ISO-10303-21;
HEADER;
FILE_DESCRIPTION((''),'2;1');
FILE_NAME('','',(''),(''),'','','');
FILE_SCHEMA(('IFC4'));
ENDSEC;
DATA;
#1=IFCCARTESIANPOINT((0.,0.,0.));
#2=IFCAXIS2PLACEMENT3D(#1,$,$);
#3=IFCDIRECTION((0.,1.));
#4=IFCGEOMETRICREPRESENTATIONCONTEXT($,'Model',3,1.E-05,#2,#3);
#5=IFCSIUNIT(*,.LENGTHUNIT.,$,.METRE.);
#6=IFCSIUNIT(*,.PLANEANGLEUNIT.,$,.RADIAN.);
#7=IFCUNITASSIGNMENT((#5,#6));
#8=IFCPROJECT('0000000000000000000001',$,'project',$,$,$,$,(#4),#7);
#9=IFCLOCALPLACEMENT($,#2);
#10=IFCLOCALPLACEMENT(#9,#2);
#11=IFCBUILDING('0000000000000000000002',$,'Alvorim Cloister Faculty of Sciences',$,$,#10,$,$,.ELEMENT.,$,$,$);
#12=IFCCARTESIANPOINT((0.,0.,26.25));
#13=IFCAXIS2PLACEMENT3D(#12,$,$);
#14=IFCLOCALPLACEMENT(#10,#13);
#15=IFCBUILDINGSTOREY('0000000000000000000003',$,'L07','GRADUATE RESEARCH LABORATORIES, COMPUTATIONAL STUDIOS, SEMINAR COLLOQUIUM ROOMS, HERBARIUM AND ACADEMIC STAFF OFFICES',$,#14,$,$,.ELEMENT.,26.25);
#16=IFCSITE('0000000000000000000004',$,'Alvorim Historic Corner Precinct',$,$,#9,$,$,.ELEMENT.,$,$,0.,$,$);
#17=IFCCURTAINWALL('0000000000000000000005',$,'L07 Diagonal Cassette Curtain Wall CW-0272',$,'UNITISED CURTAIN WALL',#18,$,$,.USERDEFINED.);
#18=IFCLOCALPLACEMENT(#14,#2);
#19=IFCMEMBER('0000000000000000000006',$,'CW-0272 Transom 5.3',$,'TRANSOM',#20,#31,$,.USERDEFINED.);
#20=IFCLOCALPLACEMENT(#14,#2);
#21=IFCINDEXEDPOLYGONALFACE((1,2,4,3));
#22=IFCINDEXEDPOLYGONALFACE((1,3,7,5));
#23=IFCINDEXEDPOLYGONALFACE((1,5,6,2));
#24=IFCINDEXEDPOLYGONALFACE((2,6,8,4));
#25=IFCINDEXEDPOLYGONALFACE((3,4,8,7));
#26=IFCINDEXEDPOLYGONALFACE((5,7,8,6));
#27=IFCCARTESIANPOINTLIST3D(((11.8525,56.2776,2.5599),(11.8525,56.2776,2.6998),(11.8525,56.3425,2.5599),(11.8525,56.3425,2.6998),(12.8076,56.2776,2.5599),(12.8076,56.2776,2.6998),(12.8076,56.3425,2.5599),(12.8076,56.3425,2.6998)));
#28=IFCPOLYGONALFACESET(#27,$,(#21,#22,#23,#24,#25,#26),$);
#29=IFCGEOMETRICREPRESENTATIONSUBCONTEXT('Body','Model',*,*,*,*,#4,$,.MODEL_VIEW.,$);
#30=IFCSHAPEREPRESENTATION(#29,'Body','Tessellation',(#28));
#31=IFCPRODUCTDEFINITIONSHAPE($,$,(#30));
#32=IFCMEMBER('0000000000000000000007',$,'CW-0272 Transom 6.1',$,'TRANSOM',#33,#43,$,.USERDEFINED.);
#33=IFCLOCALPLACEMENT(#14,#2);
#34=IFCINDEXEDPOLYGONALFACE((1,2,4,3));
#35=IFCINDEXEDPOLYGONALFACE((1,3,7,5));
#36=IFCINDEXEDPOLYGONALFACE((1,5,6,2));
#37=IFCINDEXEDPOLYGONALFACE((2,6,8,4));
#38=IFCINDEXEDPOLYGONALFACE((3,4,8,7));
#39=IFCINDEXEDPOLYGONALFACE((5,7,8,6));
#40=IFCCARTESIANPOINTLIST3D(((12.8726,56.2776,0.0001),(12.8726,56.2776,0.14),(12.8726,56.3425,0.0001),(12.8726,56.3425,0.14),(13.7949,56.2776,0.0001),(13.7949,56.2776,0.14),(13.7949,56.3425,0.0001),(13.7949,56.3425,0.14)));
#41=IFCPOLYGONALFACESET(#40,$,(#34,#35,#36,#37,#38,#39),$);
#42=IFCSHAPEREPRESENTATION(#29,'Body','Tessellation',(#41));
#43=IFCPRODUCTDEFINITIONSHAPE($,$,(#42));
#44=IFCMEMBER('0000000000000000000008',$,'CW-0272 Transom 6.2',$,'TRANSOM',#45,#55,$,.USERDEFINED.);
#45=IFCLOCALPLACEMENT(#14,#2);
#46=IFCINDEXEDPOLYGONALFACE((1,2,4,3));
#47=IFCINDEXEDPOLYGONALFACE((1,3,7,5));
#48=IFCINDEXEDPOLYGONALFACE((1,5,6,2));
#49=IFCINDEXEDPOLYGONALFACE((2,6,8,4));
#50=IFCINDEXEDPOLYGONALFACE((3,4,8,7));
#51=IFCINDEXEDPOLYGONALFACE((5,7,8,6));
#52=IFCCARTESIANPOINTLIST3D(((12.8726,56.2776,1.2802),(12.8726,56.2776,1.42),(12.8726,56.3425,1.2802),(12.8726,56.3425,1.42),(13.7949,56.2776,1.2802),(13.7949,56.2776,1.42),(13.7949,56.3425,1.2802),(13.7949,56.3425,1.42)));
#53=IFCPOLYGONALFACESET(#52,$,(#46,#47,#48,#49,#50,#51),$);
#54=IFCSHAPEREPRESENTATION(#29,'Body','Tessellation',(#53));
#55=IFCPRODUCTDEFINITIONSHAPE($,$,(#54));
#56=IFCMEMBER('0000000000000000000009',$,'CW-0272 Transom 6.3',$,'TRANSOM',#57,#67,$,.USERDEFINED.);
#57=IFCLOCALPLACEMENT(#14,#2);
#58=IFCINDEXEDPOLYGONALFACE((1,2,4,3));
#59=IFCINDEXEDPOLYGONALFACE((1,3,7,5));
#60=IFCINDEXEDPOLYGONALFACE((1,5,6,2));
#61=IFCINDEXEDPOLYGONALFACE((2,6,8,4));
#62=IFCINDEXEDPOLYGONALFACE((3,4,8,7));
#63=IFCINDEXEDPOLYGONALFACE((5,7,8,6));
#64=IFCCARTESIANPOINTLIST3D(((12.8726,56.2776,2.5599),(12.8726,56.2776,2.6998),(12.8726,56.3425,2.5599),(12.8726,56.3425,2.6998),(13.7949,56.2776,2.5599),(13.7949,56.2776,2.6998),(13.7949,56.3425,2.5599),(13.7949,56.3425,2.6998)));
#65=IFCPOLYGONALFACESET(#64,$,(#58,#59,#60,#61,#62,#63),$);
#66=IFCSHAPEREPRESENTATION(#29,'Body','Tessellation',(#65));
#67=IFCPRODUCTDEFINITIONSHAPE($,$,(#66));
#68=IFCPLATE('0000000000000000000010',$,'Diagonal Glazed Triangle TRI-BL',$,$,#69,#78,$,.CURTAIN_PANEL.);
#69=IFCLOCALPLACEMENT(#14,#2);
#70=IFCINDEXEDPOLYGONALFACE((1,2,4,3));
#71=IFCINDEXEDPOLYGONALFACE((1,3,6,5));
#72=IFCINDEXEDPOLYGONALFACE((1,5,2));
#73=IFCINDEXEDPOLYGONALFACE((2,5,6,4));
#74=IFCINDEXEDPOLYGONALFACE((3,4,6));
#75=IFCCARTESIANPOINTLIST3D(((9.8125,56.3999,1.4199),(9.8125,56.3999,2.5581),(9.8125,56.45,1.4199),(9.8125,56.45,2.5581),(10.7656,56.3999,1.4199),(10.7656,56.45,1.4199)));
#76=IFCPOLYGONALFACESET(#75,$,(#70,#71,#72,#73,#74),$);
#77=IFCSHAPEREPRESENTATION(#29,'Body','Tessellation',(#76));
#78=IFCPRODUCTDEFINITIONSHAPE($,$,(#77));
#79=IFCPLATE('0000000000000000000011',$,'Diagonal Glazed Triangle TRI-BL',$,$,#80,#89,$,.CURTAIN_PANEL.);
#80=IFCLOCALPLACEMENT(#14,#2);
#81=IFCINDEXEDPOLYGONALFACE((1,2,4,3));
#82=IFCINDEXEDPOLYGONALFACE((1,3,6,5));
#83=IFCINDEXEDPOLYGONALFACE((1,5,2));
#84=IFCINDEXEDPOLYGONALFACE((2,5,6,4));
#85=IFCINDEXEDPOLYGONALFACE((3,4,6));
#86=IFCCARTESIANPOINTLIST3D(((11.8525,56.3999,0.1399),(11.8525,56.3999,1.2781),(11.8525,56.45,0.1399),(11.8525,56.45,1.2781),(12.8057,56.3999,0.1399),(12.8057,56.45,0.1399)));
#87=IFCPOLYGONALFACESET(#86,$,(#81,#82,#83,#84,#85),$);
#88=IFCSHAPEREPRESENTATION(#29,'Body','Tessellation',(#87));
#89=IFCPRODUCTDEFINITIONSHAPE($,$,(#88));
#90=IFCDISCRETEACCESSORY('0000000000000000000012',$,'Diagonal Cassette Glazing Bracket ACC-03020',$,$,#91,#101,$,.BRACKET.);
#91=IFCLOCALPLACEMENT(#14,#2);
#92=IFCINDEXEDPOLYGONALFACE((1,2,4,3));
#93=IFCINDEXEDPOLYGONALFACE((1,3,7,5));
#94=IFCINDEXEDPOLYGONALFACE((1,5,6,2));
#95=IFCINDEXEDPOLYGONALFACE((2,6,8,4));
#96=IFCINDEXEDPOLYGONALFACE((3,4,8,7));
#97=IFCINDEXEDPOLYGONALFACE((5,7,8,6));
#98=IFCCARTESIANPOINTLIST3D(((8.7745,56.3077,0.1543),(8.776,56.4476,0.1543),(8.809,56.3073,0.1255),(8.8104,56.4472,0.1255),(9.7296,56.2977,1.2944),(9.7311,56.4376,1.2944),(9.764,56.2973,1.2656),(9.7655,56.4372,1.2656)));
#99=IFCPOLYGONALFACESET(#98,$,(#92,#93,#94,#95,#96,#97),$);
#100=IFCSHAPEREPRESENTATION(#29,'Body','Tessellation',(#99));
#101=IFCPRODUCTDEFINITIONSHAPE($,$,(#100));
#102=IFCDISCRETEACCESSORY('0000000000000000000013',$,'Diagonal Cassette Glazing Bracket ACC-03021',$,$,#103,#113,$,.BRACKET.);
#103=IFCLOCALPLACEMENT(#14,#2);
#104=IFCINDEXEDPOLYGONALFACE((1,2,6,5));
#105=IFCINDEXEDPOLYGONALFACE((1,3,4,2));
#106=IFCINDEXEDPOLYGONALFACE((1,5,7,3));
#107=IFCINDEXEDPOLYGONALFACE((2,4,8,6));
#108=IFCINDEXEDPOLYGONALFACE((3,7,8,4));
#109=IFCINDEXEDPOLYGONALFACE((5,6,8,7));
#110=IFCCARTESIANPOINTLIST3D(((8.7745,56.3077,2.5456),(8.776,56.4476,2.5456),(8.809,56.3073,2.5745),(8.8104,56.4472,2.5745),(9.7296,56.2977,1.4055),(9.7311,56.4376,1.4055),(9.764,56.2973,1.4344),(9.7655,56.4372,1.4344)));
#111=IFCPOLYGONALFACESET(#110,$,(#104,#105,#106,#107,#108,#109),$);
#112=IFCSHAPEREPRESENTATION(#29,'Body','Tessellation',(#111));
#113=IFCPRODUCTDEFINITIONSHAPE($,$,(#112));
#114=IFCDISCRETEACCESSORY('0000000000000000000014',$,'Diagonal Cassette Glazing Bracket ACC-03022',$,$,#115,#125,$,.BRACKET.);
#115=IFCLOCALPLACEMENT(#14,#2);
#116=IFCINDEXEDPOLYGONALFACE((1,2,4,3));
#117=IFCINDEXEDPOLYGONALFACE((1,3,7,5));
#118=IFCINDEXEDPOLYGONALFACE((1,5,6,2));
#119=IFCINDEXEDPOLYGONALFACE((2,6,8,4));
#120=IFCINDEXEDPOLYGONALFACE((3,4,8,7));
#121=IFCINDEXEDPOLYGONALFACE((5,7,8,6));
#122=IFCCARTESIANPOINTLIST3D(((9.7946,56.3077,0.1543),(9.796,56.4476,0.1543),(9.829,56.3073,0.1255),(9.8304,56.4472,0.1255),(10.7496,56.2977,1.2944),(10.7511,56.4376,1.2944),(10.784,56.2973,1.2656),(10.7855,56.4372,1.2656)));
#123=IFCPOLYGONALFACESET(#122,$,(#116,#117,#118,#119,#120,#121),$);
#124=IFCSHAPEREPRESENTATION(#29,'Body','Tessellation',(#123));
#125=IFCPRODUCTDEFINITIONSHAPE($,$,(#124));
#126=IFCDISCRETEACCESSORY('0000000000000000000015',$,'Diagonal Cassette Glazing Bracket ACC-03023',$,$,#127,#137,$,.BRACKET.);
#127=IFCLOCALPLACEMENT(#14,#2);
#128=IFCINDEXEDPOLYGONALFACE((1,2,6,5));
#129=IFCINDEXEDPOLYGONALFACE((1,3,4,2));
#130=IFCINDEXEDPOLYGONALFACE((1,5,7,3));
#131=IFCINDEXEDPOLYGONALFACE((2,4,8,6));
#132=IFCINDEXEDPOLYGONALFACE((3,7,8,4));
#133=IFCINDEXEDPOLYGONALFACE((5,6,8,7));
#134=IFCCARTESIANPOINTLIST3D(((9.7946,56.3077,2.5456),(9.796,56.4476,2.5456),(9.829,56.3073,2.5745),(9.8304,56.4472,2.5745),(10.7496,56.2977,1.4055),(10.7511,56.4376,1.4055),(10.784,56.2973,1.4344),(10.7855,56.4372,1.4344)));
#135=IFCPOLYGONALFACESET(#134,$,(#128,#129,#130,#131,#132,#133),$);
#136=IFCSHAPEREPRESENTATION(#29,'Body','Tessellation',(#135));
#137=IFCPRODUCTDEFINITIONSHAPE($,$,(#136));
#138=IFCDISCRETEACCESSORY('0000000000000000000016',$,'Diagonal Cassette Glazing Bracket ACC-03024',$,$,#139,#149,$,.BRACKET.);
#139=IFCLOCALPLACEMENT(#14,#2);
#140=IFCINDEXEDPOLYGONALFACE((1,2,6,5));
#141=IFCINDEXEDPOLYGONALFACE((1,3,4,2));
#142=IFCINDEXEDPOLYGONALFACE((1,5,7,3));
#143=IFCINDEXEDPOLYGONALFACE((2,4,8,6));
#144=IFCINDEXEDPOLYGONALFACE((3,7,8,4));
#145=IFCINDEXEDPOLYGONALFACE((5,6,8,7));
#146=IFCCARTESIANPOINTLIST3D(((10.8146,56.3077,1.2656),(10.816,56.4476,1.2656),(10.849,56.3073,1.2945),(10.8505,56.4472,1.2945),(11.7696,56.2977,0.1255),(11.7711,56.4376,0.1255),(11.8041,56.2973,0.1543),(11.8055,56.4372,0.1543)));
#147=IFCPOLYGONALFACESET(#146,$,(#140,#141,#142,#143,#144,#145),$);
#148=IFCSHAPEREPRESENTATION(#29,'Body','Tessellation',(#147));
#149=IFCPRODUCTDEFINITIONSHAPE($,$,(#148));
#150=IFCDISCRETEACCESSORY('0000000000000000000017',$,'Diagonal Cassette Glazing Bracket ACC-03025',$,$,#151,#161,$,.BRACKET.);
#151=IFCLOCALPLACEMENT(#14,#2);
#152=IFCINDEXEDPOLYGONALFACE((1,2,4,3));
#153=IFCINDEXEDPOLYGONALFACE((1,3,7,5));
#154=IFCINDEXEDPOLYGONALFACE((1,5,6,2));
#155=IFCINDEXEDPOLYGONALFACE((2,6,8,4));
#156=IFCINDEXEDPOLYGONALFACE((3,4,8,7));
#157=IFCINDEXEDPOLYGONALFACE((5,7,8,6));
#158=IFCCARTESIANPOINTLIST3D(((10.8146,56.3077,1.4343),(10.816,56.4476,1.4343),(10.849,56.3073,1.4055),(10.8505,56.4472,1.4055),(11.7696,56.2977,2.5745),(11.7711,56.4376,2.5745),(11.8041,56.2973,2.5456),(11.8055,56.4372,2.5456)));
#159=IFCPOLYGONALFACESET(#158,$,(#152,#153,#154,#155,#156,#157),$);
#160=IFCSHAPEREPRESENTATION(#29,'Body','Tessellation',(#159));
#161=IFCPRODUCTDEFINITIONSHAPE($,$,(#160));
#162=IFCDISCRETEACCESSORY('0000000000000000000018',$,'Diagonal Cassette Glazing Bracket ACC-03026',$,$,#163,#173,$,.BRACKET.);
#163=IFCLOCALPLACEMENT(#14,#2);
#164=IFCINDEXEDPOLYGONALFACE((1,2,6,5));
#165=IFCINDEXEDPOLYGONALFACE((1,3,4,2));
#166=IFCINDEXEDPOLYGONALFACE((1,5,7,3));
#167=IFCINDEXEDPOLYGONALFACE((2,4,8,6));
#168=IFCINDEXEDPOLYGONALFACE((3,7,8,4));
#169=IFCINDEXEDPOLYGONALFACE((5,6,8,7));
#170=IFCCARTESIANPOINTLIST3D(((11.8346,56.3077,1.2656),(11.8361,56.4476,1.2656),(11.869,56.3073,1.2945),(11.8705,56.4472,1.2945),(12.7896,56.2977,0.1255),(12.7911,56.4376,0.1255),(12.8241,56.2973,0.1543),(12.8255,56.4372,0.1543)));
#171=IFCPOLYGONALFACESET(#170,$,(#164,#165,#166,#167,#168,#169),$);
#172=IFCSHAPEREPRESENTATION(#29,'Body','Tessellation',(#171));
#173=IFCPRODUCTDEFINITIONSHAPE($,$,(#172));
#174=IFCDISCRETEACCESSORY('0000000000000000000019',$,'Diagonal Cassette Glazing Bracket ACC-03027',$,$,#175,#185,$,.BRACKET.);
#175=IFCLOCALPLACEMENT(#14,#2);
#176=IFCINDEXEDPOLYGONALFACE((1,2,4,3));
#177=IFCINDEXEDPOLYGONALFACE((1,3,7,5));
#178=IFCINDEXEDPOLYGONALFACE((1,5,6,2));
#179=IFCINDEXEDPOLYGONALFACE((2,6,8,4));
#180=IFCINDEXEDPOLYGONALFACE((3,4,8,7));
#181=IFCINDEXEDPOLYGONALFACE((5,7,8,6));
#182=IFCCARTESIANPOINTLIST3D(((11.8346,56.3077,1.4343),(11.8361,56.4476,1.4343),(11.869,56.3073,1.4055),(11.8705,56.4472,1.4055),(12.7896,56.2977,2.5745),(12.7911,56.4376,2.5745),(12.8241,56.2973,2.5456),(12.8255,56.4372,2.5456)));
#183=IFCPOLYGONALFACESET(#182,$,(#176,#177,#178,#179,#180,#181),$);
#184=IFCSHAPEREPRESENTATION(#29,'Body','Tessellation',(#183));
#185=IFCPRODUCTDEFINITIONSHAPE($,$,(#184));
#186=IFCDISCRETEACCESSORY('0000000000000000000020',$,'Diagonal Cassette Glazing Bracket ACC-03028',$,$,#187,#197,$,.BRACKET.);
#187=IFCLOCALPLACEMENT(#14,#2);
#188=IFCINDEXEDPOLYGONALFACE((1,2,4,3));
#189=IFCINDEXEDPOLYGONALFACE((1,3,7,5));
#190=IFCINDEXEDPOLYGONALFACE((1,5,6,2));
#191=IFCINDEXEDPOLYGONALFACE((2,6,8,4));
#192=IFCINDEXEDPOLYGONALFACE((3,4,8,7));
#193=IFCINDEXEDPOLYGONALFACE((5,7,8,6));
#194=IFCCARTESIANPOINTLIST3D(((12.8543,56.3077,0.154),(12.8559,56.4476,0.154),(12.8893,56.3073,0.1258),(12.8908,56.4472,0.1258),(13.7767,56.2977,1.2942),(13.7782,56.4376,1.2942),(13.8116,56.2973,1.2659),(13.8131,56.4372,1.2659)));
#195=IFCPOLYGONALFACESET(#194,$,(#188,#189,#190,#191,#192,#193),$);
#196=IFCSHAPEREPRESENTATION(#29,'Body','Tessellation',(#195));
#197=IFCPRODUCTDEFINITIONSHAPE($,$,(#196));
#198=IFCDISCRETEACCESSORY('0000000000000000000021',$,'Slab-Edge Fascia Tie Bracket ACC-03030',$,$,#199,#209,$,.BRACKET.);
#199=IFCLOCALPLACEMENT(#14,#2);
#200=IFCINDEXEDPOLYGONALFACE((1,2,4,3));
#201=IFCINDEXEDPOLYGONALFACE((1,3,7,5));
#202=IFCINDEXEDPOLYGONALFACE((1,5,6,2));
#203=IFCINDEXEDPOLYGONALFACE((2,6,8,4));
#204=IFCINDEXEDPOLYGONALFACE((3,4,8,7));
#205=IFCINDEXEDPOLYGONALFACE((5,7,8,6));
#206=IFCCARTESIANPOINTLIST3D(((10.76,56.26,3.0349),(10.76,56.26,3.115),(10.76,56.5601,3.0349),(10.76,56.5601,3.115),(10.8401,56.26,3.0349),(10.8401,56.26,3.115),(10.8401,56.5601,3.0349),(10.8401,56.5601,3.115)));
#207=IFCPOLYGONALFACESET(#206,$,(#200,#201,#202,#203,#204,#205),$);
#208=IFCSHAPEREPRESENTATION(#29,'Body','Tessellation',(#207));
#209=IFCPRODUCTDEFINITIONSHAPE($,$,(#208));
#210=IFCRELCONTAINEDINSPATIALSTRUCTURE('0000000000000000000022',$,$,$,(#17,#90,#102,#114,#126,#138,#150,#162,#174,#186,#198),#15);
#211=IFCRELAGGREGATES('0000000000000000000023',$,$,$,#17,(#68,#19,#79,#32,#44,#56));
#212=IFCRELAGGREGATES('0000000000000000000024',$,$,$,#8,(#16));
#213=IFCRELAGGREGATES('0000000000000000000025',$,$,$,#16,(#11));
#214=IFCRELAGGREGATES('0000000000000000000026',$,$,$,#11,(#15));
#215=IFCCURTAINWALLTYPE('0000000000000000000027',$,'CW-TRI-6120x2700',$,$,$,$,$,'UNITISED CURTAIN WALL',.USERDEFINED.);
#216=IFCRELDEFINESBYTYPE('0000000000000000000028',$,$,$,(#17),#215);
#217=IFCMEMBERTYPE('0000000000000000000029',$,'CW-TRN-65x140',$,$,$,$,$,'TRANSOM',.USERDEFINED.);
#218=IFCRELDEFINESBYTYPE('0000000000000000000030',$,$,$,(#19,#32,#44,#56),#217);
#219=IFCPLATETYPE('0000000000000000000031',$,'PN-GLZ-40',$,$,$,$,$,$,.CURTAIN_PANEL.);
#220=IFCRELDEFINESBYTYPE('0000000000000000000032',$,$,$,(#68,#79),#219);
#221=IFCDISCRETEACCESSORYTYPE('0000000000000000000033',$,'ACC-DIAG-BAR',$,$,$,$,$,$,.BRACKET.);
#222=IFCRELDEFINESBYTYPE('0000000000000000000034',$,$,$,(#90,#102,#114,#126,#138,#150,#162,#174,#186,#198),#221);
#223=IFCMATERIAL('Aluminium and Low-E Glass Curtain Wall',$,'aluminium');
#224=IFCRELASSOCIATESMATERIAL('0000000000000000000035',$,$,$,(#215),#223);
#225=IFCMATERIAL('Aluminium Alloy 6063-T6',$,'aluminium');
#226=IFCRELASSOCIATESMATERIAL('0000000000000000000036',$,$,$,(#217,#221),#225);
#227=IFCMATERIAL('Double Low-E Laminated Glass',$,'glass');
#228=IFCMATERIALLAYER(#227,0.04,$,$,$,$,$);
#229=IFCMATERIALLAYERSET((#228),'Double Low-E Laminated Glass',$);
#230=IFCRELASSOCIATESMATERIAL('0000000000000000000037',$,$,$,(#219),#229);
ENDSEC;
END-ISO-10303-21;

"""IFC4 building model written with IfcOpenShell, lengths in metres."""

from ifc_helpers import new_model, si_unit, direction, frame, origin, origin_2d, place, context, subcontext, project, spatial, polyline, rectangle, outline, extrude, material, layer, layer_set, material_profile, profile_set, type_object, element, aggregate, save


model = new_model("IFC4")

# Units and contexts
model_context = context("Model", 3, precision=1e-05, world=origin(), true_north=direction((0.0, 1.0)))
body_context = subcontext(model_context, "Body", "Model", "MODEL_VIEW")
ifc_project = project(units=[si_unit("LENGTHUNIT", "METRE"), si_unit("PLANEANGLEUNIT", "RADIAN")], contexts=[model_context])

# Site, building, storey
site_placement = place(None, origin())
site = spatial("IfcSite", under=ifc_project, at=site_placement, Name="Alvorim Historic Corner Precinct", CompositionType="ELEMENT", RefElevation=0.0)
building_placement = place(site_placement, origin())
building = spatial("IfcBuilding", under=site, at=building_placement, Name="Alvorim Cloister Faculty of Sciences", CompositionType="ELEMENT")
storey_placement = place(building_placement, frame((0.0, 0.0, 26.25)))
storey = spatial("IfcBuildingStorey", under=building, at=storey_placement, Name="L07", Description="GRADUATE RESEARCH LABORATORIES, COMPUTATIONAL STUDIOS, SEMINAR COLLOQUIUM ROOMS, HERBARIUM AND ACADEMIC STAFF OFFICES", CompositionType="ELEMENT", Elevation=26.25)

# Curtain wall, members, plates
ifc_material_1 = material(Name="Aluminium and Low-E Glass Curtain Wall", Category="aluminium")
curtain_wall_type = type_object("IfcCurtainWallType", Name="CW-TRI-6120x2700", ElementType="UNITISED CURTAIN WALL", PredefinedType="USERDEFINED", material=ifc_material_1)
curtain_wall_placement = place(storey_placement, origin())
curtain_wall = element("IfcCurtainWall", 1, at=curtain_wall_placement, inside=storey, type_object=curtain_wall_type, Name="L07 Diagonal Cassette Curtain Wall CW-0272", ObjectType="UNITISED CURTAIN WALL", PredefinedType="USERDEFINED")
ifc_material_2 = material(Name="Aluminium Alloy 6063-T6", Category="aluminium")
ifc_material_profile_1 = material_profile(ifc_material_2, rectangle(XDim=0.0649, YDim=0.1399, at=origin_2d()), Name="ALU-TRN-65x140")
ifc_profile_set_1 = profile_set([ifc_material_profile_1], Name="Aluminium Alloy 6063-T6")
member_type_1 = type_object("IfcMemberType", Name="CW-TRN-65x140", ElementType="TRANSOM", PredefinedType="USERDEFINED", material=ifc_profile_set_1)
member_1_placement = place(storey_placement, frame((11.8525, 56.3101, 2.6299), z_axis=(1.0, 0.0, 0.0), x_axis=(0.0, 1.0, 0.0)))
member_1 = element("IfcMember", 2, at=member_1_placement, type_object=member_type_1, Name="CW-0272 Transom 5.3", ObjectType="TRANSOM", PredefinedType="USERDEFINED", context=body_context, shape_type="SweptSolid", body=[
    extrude(rectangle(XDim=0.0649, YDim=0.1399, at=origin_2d()), origin(), (0.0, 0.0, 1.0), 0.9551),
])
member_2_placement = place(storey_placement, frame((12.8726, 56.3101, 0.0701), z_axis=(1.0, 0.0, 0.0), x_axis=(0.0, 1.0, 0.0)))
member_2 = element("IfcMember", 3, at=member_2_placement, type_object=member_type_1, Name="CW-0272 Transom 6.1", ObjectType="TRANSOM", PredefinedType="USERDEFINED", context=body_context, shape_type="SweptSolid", body=[
    extrude(rectangle(XDim=0.0649, YDim=0.1399, at=origin_2d()), origin(), (0.0, 0.0, 1.0), 0.9224),
])
member_3_placement = place(storey_placement, frame((12.8726, 56.3101, 1.3501), z_axis=(1.0, 0.0, 0.0), x_axis=(0.0, 1.0, 0.0)))
member_3 = element("IfcMember", 4, at=member_3_placement, type_object=member_type_1, Name="CW-0272 Transom 6.2", ObjectType="TRANSOM", PredefinedType="USERDEFINED", context=body_context, shape_type="SweptSolid", body=[
    extrude(rectangle(XDim=0.0649, YDim=0.1399, at=origin_2d()), origin(), (0.0, 0.0, 1.0), 0.9224),
])
member_4_placement = place(storey_placement, frame((12.8726, 56.3101, 2.6299), z_axis=(1.0, 0.0, 0.0), x_axis=(0.0, 1.0, 0.0)))
member_4 = element("IfcMember", 5, at=member_4_placement, type_object=member_type_1, Name="CW-0272 Transom 6.3", ObjectType="TRANSOM", PredefinedType="USERDEFINED", context=body_context, shape_type="SweptSolid", body=[
    extrude(rectangle(XDim=0.0649, YDim=0.1399, at=origin_2d()), origin(), (0.0, 0.0, 1.0), 0.9224),
])
ifc_material_3 = material(Name="Double Low-E Laminated Glass", Category="glass")
ifc_layer = layer(ifc_material_3, 0.04)
ifc_layer_set = layer_set([ifc_layer], Name="Double Low-E Laminated Glass")
plate_type = type_object("IfcPlateType", Name="PN-GLZ-40", PredefinedType="CURTAIN_PANEL", material=ifc_layer_set)
plate_1_placement = place(storey_placement, frame((9.8125, 56.425, 1.4199), z_axis=(0.0, 0.0, 1.0), x_axis=(1.0, 0.0, 0.0)))
plate_1 = element("IfcPlate", 6, at=plate_1_placement, type_object=plate_type, Name="Diagonal Glazed Triangle TRI-BL", PredefinedType="CURTAIN_PANEL", context=body_context, shape_type="SweptSolid", body=[
    extrude(outline(polyline([(0.0, 0.0), (0.9531, 0.0), (0.0, 1.1382), (0.0, 0.0)])), frame((0.0, 0.0249, 0.0), z_axis=(0.0, -1.0, 0.0), x_axis=(1.0, 0.0, 0.0)), (0.0, 0.0, 1.0), 0.05),
])
plate_2_placement = place(storey_placement, frame((11.8525, 56.425, 0.1399), z_axis=(0.0, 0.0, 1.0), x_axis=(1.0, 0.0, 0.0)))
plate_2 = element("IfcPlate", 7, at=plate_2_placement, type_object=plate_type, Name="Diagonal Glazed Triangle TRI-BL", PredefinedType="CURTAIN_PANEL", context=body_context, shape_type="SweptSolid", body=[
    extrude(outline(polyline([(0.0, 0.0), (0.9531, 0.0), (0.0, 1.1382), (0.0, 0.0)])), frame((0.0, 0.0249, 0.0), z_axis=(0.0, -1.0, 0.0), x_axis=(1.0, 0.0, 0.0)), (0.0, 0.0, 1.0), 0.05),
])
aggregate(curtain_wall, [plate_1, member_1, plate_2, member_2, member_3, member_4])

# Discrete accessories
discrete_accessory_type = type_object("IfcDiscreteAccessoryType", Name="ACC-DIAG-BAR", PredefinedType="BRACKET", material=ifc_material_2)
for number, where, z_axis, x_axis, name in (
    (8, (8.7925, 56.3774, 0.1399), (0.642138, -0.00673, 0.76656), (0.01048, 0.999945, 0.0), "Diagonal Cassette Glazing Bracket ACC-03020"),
    (9, (8.7925, 56.3774, 2.5601), (0.642138, -0.00673, -0.76656), (0.01048, 0.999945, 0.0), "Diagonal Cassette Glazing Bracket ACC-03021"),
    (10, (9.8125, 56.3774, 0.1399), (0.642138, -0.00673, 0.76656), (0.01048, 0.999945, 0.0), "Diagonal Cassette Glazing Bracket ACC-03022"),
    (11, (9.8125, 56.3774, 2.5601), (0.642138, -0.00673, -0.76656), (0.01048, 0.999945, 0.0), "Diagonal Cassette Glazing Bracket ACC-03023"),
    (12, (10.8325, 56.3774, 1.28), (0.642138, -0.00673, -0.76656), (0.01048, 0.999945, 0.0), "Diagonal Cassette Glazing Bracket ACC-03024"),
    (13, (10.8325, 56.3774, 1.4199), (0.642138, -0.00673, 0.76656), (0.01048, 0.999945, 0.0), "Diagonal Cassette Glazing Bracket ACC-03025"),
    (14, (11.8525, 56.3774, 1.28), (0.642138, -0.00673, -0.76656), (0.01048, 0.999945, 0.0), "Diagonal Cassette Glazing Bracket ACC-03026"),
    (15, (11.8525, 56.3774, 1.4199), (0.642138, -0.00673, 0.76656), (0.01048, 0.999945, 0.0), "Diagonal Cassette Glazing Bracket ACC-03027"),
):
    element("IfcDiscreteAccessory", number, at=place(storey_placement, frame(where, z_axis=z_axis, x_axis=x_axis)), inside=storey, type_object=discrete_accessory_type, Name=name, PredefinedType="BRACKET", context=body_context, shape_type="SweptSolid", body=[
        extrude(rectangle(XDim=0.1399, YDim=0.0449, at=origin_2d()), origin(), (0.0, 0.0, 1.0), 1.4873),
    ])
discrete_accessory_1_placement = place(storey_placement, frame((12.8726, 56.3774, 0.1399), z_axis=(0.628935, -0.006825, 0.777428), x_axis=(0.010852, 0.999941, 0.0)))
element("IfcDiscreteAccessory", 16, at=discrete_accessory_1_placement, inside=storey, type_object=discrete_accessory_type, Name="Diagonal Cassette Glazing Bracket ACC-03028", PredefinedType="BRACKET", context=body_context, shape_type="SweptSolid", body=[
    extrude(rectangle(XDim=0.1399, YDim=0.0449, at=origin_2d()), origin(), (0.0, 0.0, 1.0), 1.4666),
])
discrete_accessory_2_placement = place(storey_placement, frame((10.8, 56.26, 3.075), z_axis=(0.0, 1.0, 0.0), x_axis=(-1.0, 0.0, 0.0)))
element("IfcDiscreteAccessory", 17, at=discrete_accessory_2_placement, inside=storey, type_object=discrete_accessory_type, Name="Slab-Edge Fascia Tie Bracket ACC-03030", PredefinedType="BRACKET", context=body_context, shape_type="SweptSolid", body=[
    extrude(rectangle(XDim=0.0801, YDim=0.0801, at=origin_2d()), origin(), (0.0, 0.0, 1.0), 0.3),
])

save(model, "model.ifc")
